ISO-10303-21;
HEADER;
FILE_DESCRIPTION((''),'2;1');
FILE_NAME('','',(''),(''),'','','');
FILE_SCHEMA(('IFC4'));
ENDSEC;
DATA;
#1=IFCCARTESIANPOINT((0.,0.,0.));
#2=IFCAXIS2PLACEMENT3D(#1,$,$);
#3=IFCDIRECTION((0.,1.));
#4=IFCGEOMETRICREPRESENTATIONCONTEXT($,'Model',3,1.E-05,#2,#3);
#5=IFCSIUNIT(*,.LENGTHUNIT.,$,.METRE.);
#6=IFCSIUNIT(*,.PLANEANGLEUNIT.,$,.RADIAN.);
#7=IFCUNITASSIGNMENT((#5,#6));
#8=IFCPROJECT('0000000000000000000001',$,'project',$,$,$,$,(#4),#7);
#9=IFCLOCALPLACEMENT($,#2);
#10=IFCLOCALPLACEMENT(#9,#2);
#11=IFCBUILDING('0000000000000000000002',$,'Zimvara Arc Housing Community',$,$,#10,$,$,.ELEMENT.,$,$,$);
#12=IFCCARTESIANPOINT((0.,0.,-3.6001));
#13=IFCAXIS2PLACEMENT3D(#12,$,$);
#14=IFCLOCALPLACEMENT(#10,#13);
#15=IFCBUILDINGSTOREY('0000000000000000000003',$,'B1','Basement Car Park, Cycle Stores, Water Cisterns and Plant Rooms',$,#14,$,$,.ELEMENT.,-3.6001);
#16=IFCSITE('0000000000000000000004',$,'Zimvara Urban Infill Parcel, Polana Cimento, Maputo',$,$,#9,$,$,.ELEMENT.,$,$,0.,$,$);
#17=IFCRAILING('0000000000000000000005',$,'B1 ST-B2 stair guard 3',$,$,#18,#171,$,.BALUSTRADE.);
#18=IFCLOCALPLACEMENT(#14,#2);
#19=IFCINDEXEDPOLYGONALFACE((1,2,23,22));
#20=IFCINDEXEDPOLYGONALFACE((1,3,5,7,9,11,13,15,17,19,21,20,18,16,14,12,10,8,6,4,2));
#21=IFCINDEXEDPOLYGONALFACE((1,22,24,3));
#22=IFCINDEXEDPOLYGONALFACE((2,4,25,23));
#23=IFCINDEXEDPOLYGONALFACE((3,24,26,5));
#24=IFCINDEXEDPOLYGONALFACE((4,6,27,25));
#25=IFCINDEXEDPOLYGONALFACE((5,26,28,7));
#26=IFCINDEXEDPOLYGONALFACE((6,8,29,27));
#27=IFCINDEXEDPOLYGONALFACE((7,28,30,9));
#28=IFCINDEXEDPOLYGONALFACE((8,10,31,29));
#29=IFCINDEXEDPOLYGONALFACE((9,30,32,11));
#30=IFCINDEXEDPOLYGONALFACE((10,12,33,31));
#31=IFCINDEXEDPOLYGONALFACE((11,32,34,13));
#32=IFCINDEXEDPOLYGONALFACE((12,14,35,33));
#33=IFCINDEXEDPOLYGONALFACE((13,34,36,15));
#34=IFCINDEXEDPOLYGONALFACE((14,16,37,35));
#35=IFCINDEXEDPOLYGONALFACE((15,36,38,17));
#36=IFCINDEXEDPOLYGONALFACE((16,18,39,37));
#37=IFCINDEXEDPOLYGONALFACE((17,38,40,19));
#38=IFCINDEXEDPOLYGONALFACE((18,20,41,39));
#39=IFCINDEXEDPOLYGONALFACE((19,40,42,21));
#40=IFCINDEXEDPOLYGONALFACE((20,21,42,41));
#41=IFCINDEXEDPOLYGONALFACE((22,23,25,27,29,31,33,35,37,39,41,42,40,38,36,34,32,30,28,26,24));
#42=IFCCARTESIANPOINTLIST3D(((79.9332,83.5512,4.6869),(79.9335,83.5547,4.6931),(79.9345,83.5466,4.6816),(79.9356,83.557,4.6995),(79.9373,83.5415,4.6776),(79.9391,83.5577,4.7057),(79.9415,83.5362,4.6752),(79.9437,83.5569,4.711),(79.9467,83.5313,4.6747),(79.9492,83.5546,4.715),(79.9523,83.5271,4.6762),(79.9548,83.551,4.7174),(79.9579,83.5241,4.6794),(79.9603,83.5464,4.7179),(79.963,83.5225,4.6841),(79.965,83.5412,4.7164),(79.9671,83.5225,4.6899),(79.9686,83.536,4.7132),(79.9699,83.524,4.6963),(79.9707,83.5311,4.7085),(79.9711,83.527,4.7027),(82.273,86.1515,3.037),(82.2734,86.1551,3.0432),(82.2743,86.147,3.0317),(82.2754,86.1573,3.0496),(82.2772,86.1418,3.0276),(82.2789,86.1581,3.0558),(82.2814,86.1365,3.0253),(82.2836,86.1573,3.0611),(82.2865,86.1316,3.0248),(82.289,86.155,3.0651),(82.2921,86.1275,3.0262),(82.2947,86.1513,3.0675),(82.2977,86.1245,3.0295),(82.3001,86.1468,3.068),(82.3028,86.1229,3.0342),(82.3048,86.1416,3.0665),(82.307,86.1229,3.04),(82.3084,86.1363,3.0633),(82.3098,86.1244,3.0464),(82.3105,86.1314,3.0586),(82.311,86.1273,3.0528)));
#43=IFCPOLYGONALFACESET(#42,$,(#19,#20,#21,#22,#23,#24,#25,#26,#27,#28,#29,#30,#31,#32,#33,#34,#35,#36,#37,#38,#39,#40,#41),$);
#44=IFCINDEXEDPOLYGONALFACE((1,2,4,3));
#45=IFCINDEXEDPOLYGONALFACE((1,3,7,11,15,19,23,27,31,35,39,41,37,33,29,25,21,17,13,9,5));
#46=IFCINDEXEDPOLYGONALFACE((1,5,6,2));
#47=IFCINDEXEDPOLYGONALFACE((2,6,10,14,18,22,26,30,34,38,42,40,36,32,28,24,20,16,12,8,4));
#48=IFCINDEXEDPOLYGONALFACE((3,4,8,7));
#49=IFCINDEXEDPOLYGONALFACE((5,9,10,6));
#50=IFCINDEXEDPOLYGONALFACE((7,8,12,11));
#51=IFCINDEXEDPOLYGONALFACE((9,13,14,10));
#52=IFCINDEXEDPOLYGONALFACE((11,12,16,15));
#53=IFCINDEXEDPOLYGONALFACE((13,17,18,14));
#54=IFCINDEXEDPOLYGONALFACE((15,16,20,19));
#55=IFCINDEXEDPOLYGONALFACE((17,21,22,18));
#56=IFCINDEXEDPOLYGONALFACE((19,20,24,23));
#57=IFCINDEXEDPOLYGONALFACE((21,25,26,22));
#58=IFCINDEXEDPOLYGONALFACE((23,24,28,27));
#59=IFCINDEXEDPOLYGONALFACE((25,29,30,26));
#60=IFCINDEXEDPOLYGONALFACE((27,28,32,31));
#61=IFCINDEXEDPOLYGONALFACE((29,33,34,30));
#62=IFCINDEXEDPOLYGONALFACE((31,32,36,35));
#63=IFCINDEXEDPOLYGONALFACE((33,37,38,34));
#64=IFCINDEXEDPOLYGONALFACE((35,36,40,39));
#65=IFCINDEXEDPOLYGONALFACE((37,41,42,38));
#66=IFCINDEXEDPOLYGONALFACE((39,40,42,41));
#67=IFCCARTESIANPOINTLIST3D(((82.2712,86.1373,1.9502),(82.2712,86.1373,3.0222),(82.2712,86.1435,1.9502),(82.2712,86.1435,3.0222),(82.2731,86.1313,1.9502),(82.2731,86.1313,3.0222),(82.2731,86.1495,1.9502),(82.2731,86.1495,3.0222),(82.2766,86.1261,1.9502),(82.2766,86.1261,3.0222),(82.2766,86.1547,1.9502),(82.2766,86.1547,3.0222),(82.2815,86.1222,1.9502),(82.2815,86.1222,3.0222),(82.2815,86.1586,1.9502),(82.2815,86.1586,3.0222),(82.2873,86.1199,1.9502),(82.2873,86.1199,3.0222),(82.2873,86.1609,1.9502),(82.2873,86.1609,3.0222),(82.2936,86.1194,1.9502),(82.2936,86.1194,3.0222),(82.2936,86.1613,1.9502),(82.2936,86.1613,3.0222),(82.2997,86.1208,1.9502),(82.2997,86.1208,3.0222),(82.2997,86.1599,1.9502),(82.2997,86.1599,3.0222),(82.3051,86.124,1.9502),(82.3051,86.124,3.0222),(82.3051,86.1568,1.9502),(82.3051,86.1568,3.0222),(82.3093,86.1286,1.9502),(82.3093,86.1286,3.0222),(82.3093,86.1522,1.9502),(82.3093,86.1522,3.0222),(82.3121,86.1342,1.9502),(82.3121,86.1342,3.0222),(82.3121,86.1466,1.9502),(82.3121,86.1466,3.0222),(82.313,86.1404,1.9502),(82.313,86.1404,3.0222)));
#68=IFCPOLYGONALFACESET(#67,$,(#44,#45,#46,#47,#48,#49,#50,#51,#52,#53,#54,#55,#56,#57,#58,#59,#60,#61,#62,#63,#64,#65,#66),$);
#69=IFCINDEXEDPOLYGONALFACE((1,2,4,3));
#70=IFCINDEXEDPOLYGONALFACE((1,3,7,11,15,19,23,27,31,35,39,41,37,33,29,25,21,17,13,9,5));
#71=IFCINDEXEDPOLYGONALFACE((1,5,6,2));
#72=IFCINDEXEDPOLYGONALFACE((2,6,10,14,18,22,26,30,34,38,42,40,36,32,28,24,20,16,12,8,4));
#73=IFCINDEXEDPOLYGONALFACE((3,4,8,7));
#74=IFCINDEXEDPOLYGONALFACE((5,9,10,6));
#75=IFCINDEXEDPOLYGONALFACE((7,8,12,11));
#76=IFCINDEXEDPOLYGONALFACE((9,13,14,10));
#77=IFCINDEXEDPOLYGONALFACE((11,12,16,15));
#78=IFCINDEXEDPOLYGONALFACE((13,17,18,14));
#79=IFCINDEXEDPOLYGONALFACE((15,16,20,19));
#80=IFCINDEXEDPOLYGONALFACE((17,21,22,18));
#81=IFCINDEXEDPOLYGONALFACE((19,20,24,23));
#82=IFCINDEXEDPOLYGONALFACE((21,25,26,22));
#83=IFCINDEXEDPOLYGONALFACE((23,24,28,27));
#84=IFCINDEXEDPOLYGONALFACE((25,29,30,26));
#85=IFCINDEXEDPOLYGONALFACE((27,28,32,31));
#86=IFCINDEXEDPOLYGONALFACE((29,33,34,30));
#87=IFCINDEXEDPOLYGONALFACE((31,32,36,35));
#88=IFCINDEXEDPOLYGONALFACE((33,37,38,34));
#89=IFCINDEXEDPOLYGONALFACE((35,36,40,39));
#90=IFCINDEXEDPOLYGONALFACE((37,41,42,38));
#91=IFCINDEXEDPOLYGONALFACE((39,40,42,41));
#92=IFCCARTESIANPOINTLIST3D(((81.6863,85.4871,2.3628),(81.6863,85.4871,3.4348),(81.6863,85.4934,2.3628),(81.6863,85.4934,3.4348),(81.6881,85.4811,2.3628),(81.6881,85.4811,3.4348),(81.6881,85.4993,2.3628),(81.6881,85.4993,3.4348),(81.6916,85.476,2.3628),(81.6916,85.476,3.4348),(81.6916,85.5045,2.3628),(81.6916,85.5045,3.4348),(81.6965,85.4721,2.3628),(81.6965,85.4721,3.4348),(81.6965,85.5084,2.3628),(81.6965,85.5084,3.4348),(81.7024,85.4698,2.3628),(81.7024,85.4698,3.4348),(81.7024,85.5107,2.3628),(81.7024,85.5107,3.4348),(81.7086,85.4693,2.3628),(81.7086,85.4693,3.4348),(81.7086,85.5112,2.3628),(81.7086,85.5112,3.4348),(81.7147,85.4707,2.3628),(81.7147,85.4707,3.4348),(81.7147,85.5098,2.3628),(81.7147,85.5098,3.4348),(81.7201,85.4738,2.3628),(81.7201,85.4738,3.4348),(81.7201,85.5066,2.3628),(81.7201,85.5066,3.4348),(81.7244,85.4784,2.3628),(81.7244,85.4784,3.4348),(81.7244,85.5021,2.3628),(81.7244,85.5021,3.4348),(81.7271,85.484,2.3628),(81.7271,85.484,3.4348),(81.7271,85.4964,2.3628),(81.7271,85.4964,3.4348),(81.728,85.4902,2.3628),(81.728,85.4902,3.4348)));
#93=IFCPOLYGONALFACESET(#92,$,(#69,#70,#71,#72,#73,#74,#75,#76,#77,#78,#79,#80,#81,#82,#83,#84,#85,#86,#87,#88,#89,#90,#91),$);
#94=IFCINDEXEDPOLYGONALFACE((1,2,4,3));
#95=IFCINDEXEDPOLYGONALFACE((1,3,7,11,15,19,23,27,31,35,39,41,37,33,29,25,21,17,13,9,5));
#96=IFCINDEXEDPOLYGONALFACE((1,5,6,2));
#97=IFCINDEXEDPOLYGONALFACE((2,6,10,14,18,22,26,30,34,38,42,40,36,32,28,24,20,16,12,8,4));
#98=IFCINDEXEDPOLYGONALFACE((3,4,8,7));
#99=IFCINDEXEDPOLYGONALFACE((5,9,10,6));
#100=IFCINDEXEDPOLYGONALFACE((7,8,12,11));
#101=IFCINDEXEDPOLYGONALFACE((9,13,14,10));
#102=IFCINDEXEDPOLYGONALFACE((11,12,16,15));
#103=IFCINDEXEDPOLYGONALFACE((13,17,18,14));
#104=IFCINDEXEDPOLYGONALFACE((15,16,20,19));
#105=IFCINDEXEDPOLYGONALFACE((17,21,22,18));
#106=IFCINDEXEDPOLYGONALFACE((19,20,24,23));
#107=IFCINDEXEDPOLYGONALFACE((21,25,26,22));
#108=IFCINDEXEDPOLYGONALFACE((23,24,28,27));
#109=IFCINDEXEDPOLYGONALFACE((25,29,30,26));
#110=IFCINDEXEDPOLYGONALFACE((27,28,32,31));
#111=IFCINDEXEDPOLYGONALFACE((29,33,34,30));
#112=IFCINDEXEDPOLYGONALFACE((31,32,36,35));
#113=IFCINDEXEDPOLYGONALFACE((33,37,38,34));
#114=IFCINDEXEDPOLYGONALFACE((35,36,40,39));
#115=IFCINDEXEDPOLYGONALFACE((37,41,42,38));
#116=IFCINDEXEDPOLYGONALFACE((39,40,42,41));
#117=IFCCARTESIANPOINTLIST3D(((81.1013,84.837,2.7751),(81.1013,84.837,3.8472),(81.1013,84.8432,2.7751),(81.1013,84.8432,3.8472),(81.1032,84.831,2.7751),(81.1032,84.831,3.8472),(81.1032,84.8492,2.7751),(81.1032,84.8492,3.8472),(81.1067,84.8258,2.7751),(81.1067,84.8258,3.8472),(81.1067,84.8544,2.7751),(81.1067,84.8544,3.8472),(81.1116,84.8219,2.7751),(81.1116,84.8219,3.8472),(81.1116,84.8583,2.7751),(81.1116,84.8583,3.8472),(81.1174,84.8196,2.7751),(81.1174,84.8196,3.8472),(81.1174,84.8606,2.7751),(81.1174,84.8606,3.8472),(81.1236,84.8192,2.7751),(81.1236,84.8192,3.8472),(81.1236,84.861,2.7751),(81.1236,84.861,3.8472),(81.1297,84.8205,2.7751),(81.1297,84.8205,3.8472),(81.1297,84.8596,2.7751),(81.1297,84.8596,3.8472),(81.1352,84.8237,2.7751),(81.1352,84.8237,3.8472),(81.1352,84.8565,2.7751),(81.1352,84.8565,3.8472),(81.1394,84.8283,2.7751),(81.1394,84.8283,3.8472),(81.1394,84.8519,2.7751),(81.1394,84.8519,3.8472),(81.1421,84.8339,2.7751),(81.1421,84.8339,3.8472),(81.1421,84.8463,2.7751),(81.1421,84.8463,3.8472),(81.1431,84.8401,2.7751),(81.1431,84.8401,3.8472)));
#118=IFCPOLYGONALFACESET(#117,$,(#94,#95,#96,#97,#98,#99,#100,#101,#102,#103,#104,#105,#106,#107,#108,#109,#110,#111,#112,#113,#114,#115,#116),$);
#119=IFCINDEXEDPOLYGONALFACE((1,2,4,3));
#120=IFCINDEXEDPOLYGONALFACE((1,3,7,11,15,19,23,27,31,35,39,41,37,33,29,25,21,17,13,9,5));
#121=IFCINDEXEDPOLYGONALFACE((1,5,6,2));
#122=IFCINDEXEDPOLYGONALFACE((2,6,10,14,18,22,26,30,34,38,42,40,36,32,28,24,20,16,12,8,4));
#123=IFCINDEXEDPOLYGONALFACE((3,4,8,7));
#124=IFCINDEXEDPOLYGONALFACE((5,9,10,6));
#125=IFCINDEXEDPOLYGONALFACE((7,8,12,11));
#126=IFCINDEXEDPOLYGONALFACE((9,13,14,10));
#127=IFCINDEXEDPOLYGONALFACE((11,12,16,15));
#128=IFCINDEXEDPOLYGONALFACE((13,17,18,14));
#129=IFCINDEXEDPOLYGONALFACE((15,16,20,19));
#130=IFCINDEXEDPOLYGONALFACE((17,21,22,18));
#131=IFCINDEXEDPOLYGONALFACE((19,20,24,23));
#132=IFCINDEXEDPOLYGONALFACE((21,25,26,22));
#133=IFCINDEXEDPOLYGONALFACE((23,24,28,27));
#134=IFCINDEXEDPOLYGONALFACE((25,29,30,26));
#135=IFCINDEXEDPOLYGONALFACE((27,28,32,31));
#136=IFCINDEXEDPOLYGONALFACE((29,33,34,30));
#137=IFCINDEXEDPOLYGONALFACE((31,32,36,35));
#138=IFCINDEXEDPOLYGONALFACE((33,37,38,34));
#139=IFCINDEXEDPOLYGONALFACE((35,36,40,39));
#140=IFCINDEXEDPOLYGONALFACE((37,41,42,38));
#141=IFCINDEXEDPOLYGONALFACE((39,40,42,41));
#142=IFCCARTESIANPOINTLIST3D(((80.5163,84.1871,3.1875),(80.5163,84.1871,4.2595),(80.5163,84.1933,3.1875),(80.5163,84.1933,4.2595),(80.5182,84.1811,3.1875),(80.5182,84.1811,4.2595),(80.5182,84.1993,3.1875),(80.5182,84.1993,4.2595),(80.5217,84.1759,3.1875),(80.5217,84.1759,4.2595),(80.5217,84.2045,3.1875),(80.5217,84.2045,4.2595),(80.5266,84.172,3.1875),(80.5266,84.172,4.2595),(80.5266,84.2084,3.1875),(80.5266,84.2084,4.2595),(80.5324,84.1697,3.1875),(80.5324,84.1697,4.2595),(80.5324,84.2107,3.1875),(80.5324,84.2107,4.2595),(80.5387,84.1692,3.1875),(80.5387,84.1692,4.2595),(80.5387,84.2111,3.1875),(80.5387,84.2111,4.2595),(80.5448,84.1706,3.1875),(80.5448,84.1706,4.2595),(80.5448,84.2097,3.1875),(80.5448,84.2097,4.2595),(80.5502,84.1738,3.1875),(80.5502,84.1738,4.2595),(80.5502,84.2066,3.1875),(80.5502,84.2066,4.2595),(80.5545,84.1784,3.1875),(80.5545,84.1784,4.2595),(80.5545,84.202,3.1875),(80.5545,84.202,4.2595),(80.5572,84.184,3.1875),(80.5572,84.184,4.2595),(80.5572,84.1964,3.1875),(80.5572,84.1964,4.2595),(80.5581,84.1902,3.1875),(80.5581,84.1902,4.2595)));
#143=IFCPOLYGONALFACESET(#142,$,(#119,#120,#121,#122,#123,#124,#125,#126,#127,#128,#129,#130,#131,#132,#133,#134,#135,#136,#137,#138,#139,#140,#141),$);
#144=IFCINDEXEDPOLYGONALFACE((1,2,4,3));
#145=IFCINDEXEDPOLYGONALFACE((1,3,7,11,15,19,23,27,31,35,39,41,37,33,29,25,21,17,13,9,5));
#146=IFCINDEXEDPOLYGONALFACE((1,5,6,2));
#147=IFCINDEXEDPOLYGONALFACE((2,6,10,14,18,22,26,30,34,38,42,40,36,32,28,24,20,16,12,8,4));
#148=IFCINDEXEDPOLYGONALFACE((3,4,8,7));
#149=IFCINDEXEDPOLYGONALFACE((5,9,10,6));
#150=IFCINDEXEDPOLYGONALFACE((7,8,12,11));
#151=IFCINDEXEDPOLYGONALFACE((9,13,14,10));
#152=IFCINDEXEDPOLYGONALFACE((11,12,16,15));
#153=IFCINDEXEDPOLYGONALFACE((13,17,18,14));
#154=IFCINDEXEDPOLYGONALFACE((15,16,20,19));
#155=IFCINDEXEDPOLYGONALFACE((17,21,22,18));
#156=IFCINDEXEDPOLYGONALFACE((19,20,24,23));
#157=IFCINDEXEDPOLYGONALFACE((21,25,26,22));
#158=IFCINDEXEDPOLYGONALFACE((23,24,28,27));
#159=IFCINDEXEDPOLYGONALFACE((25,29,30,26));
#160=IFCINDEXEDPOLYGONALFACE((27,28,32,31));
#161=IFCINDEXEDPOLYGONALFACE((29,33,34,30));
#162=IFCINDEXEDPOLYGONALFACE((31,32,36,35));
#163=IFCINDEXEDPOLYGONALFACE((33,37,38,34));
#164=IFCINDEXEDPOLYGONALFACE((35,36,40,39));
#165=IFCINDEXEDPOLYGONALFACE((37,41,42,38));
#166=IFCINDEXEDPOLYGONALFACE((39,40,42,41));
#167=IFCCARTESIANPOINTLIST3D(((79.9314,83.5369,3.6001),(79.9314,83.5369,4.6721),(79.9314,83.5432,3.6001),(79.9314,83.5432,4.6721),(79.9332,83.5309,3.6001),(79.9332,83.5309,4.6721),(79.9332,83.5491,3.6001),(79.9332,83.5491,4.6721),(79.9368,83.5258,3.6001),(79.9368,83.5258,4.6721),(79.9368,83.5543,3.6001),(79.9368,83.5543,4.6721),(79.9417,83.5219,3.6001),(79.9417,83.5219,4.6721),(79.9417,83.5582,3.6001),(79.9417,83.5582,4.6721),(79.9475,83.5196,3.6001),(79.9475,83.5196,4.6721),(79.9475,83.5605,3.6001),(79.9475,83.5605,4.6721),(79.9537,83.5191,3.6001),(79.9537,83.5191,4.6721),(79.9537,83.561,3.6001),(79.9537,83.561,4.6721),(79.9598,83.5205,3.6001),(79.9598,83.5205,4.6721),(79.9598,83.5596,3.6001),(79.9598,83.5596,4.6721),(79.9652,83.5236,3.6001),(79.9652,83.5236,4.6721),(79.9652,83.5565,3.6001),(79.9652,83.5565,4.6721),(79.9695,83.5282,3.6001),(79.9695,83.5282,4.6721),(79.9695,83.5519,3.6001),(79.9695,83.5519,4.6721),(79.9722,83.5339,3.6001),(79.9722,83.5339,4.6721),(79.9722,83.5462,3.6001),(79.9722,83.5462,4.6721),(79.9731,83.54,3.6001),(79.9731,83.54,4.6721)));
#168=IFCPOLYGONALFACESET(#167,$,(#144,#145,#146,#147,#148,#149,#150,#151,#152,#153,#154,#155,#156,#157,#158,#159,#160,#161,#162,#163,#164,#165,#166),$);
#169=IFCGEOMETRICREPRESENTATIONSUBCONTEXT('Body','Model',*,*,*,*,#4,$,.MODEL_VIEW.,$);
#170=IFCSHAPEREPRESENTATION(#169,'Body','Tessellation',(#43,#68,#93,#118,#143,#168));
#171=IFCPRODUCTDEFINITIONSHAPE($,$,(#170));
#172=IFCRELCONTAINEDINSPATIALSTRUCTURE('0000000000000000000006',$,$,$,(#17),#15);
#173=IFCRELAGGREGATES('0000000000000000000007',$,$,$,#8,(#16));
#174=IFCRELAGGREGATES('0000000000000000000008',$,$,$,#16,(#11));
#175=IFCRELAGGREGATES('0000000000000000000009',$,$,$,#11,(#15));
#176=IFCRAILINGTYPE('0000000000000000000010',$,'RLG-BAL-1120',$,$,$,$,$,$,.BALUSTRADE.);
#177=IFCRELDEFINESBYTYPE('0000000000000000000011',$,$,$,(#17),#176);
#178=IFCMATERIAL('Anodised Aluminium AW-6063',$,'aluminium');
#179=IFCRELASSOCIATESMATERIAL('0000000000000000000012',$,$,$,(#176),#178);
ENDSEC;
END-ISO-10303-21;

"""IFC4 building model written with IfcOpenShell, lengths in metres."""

from ifc_helpers import new_model, si_unit, direction, frame, origin, origin_2d, place, context, subcontext, project, spatial, circle, extrude, material, type_object, element, save


model = new_model("IFC4")

# Units and contexts
model_context = context("Model", 3, precision=1e-05, world=origin(), true_north=direction((0.0, 1.0)))
body_context = subcontext(model_context, "Body", "Model", "MODEL_VIEW")
ifc_project = project(units=[si_unit("LENGTHUNIT", "METRE"), si_unit("PLANEANGLEUNIT", "RADIAN")], contexts=[model_context])

# Site, building, storey
site_placement = place(None, origin())
site = spatial("IfcSite", under=ifc_project, at=site_placement, Name="Zimvara Urban Infill Parcel, Polana Cimento, Maputo", CompositionType="ELEMENT", RefElevation=0.0)
building_placement = place(site_placement, origin())
building = spatial("IfcBuilding", under=site, at=building_placement, Name="Zimvara Arc Housing Community", CompositionType="ELEMENT")
storey_placement = place(building_placement, frame((0.0, 0.0, -3.6001)))
storey = spatial("IfcBuildingStorey", under=building, at=storey_placement, Name="B1", Description="Basement Car Park, Cycle Stores, Water Cisterns and Plant Rooms", CompositionType="ELEMENT", Elevation=-3.6001)

# Railing
ifc_material_1 = material(Name="Anodised Aluminium AW-6063", Category="aluminium")
railing_type_1 = type_object("IfcRailingType", Name="RLG-BAL-1120", PredefinedType="BALUSTRADE", material=ifc_material_1)
railing_1_placement = place(storey_placement, frame((82.292, 86.1404, 1.9502)))
element("IfcRailing", 1, at=railing_1_placement, inside=storey, type_object=railing_type_1, Name="B1 ST-B2 stair guard 3", PredefinedType="BALUSTRADE", context=body_context, shape_type="SweptSolid", body=[
    extrude(circle(Radius=0.0239, at=origin_2d()), frame((0.0, 0.0, 1.0962), z_axis=(-0.604976, -0.672329, 0.426589), x_axis=(0.74336, -0.668891, 0.0)), (0.0, 0.0, 1.0), 3.8677),
    extrude(circle(Radius=0.021, at=origin_2d()), origin(), (0.0, 0.0, 1.0), 1.072),
    extrude(circle(Radius=0.021, at=origin_2d()), frame((-0.585, -0.6501, 0.4126)), (0.0, 0.0, 1.0), 1.072),
    extrude(circle(Radius=0.021, at=origin_2d()), frame((-1.1699, -1.3003, 0.825)), (0.0, 0.0, 1.0), 1.072),
    extrude(circle(Radius=0.021, at=origin_2d()), frame((-1.7549, -1.9502, 1.2373)), (0.0, 0.0, 1.0), 1.072),
    extrude(circle(Radius=0.021, at=origin_2d()), frame((-2.3398, -2.6003, 1.6499)), (0.0, 0.0, 1.0), 1.072),
])

save(model, "model.ifc")
